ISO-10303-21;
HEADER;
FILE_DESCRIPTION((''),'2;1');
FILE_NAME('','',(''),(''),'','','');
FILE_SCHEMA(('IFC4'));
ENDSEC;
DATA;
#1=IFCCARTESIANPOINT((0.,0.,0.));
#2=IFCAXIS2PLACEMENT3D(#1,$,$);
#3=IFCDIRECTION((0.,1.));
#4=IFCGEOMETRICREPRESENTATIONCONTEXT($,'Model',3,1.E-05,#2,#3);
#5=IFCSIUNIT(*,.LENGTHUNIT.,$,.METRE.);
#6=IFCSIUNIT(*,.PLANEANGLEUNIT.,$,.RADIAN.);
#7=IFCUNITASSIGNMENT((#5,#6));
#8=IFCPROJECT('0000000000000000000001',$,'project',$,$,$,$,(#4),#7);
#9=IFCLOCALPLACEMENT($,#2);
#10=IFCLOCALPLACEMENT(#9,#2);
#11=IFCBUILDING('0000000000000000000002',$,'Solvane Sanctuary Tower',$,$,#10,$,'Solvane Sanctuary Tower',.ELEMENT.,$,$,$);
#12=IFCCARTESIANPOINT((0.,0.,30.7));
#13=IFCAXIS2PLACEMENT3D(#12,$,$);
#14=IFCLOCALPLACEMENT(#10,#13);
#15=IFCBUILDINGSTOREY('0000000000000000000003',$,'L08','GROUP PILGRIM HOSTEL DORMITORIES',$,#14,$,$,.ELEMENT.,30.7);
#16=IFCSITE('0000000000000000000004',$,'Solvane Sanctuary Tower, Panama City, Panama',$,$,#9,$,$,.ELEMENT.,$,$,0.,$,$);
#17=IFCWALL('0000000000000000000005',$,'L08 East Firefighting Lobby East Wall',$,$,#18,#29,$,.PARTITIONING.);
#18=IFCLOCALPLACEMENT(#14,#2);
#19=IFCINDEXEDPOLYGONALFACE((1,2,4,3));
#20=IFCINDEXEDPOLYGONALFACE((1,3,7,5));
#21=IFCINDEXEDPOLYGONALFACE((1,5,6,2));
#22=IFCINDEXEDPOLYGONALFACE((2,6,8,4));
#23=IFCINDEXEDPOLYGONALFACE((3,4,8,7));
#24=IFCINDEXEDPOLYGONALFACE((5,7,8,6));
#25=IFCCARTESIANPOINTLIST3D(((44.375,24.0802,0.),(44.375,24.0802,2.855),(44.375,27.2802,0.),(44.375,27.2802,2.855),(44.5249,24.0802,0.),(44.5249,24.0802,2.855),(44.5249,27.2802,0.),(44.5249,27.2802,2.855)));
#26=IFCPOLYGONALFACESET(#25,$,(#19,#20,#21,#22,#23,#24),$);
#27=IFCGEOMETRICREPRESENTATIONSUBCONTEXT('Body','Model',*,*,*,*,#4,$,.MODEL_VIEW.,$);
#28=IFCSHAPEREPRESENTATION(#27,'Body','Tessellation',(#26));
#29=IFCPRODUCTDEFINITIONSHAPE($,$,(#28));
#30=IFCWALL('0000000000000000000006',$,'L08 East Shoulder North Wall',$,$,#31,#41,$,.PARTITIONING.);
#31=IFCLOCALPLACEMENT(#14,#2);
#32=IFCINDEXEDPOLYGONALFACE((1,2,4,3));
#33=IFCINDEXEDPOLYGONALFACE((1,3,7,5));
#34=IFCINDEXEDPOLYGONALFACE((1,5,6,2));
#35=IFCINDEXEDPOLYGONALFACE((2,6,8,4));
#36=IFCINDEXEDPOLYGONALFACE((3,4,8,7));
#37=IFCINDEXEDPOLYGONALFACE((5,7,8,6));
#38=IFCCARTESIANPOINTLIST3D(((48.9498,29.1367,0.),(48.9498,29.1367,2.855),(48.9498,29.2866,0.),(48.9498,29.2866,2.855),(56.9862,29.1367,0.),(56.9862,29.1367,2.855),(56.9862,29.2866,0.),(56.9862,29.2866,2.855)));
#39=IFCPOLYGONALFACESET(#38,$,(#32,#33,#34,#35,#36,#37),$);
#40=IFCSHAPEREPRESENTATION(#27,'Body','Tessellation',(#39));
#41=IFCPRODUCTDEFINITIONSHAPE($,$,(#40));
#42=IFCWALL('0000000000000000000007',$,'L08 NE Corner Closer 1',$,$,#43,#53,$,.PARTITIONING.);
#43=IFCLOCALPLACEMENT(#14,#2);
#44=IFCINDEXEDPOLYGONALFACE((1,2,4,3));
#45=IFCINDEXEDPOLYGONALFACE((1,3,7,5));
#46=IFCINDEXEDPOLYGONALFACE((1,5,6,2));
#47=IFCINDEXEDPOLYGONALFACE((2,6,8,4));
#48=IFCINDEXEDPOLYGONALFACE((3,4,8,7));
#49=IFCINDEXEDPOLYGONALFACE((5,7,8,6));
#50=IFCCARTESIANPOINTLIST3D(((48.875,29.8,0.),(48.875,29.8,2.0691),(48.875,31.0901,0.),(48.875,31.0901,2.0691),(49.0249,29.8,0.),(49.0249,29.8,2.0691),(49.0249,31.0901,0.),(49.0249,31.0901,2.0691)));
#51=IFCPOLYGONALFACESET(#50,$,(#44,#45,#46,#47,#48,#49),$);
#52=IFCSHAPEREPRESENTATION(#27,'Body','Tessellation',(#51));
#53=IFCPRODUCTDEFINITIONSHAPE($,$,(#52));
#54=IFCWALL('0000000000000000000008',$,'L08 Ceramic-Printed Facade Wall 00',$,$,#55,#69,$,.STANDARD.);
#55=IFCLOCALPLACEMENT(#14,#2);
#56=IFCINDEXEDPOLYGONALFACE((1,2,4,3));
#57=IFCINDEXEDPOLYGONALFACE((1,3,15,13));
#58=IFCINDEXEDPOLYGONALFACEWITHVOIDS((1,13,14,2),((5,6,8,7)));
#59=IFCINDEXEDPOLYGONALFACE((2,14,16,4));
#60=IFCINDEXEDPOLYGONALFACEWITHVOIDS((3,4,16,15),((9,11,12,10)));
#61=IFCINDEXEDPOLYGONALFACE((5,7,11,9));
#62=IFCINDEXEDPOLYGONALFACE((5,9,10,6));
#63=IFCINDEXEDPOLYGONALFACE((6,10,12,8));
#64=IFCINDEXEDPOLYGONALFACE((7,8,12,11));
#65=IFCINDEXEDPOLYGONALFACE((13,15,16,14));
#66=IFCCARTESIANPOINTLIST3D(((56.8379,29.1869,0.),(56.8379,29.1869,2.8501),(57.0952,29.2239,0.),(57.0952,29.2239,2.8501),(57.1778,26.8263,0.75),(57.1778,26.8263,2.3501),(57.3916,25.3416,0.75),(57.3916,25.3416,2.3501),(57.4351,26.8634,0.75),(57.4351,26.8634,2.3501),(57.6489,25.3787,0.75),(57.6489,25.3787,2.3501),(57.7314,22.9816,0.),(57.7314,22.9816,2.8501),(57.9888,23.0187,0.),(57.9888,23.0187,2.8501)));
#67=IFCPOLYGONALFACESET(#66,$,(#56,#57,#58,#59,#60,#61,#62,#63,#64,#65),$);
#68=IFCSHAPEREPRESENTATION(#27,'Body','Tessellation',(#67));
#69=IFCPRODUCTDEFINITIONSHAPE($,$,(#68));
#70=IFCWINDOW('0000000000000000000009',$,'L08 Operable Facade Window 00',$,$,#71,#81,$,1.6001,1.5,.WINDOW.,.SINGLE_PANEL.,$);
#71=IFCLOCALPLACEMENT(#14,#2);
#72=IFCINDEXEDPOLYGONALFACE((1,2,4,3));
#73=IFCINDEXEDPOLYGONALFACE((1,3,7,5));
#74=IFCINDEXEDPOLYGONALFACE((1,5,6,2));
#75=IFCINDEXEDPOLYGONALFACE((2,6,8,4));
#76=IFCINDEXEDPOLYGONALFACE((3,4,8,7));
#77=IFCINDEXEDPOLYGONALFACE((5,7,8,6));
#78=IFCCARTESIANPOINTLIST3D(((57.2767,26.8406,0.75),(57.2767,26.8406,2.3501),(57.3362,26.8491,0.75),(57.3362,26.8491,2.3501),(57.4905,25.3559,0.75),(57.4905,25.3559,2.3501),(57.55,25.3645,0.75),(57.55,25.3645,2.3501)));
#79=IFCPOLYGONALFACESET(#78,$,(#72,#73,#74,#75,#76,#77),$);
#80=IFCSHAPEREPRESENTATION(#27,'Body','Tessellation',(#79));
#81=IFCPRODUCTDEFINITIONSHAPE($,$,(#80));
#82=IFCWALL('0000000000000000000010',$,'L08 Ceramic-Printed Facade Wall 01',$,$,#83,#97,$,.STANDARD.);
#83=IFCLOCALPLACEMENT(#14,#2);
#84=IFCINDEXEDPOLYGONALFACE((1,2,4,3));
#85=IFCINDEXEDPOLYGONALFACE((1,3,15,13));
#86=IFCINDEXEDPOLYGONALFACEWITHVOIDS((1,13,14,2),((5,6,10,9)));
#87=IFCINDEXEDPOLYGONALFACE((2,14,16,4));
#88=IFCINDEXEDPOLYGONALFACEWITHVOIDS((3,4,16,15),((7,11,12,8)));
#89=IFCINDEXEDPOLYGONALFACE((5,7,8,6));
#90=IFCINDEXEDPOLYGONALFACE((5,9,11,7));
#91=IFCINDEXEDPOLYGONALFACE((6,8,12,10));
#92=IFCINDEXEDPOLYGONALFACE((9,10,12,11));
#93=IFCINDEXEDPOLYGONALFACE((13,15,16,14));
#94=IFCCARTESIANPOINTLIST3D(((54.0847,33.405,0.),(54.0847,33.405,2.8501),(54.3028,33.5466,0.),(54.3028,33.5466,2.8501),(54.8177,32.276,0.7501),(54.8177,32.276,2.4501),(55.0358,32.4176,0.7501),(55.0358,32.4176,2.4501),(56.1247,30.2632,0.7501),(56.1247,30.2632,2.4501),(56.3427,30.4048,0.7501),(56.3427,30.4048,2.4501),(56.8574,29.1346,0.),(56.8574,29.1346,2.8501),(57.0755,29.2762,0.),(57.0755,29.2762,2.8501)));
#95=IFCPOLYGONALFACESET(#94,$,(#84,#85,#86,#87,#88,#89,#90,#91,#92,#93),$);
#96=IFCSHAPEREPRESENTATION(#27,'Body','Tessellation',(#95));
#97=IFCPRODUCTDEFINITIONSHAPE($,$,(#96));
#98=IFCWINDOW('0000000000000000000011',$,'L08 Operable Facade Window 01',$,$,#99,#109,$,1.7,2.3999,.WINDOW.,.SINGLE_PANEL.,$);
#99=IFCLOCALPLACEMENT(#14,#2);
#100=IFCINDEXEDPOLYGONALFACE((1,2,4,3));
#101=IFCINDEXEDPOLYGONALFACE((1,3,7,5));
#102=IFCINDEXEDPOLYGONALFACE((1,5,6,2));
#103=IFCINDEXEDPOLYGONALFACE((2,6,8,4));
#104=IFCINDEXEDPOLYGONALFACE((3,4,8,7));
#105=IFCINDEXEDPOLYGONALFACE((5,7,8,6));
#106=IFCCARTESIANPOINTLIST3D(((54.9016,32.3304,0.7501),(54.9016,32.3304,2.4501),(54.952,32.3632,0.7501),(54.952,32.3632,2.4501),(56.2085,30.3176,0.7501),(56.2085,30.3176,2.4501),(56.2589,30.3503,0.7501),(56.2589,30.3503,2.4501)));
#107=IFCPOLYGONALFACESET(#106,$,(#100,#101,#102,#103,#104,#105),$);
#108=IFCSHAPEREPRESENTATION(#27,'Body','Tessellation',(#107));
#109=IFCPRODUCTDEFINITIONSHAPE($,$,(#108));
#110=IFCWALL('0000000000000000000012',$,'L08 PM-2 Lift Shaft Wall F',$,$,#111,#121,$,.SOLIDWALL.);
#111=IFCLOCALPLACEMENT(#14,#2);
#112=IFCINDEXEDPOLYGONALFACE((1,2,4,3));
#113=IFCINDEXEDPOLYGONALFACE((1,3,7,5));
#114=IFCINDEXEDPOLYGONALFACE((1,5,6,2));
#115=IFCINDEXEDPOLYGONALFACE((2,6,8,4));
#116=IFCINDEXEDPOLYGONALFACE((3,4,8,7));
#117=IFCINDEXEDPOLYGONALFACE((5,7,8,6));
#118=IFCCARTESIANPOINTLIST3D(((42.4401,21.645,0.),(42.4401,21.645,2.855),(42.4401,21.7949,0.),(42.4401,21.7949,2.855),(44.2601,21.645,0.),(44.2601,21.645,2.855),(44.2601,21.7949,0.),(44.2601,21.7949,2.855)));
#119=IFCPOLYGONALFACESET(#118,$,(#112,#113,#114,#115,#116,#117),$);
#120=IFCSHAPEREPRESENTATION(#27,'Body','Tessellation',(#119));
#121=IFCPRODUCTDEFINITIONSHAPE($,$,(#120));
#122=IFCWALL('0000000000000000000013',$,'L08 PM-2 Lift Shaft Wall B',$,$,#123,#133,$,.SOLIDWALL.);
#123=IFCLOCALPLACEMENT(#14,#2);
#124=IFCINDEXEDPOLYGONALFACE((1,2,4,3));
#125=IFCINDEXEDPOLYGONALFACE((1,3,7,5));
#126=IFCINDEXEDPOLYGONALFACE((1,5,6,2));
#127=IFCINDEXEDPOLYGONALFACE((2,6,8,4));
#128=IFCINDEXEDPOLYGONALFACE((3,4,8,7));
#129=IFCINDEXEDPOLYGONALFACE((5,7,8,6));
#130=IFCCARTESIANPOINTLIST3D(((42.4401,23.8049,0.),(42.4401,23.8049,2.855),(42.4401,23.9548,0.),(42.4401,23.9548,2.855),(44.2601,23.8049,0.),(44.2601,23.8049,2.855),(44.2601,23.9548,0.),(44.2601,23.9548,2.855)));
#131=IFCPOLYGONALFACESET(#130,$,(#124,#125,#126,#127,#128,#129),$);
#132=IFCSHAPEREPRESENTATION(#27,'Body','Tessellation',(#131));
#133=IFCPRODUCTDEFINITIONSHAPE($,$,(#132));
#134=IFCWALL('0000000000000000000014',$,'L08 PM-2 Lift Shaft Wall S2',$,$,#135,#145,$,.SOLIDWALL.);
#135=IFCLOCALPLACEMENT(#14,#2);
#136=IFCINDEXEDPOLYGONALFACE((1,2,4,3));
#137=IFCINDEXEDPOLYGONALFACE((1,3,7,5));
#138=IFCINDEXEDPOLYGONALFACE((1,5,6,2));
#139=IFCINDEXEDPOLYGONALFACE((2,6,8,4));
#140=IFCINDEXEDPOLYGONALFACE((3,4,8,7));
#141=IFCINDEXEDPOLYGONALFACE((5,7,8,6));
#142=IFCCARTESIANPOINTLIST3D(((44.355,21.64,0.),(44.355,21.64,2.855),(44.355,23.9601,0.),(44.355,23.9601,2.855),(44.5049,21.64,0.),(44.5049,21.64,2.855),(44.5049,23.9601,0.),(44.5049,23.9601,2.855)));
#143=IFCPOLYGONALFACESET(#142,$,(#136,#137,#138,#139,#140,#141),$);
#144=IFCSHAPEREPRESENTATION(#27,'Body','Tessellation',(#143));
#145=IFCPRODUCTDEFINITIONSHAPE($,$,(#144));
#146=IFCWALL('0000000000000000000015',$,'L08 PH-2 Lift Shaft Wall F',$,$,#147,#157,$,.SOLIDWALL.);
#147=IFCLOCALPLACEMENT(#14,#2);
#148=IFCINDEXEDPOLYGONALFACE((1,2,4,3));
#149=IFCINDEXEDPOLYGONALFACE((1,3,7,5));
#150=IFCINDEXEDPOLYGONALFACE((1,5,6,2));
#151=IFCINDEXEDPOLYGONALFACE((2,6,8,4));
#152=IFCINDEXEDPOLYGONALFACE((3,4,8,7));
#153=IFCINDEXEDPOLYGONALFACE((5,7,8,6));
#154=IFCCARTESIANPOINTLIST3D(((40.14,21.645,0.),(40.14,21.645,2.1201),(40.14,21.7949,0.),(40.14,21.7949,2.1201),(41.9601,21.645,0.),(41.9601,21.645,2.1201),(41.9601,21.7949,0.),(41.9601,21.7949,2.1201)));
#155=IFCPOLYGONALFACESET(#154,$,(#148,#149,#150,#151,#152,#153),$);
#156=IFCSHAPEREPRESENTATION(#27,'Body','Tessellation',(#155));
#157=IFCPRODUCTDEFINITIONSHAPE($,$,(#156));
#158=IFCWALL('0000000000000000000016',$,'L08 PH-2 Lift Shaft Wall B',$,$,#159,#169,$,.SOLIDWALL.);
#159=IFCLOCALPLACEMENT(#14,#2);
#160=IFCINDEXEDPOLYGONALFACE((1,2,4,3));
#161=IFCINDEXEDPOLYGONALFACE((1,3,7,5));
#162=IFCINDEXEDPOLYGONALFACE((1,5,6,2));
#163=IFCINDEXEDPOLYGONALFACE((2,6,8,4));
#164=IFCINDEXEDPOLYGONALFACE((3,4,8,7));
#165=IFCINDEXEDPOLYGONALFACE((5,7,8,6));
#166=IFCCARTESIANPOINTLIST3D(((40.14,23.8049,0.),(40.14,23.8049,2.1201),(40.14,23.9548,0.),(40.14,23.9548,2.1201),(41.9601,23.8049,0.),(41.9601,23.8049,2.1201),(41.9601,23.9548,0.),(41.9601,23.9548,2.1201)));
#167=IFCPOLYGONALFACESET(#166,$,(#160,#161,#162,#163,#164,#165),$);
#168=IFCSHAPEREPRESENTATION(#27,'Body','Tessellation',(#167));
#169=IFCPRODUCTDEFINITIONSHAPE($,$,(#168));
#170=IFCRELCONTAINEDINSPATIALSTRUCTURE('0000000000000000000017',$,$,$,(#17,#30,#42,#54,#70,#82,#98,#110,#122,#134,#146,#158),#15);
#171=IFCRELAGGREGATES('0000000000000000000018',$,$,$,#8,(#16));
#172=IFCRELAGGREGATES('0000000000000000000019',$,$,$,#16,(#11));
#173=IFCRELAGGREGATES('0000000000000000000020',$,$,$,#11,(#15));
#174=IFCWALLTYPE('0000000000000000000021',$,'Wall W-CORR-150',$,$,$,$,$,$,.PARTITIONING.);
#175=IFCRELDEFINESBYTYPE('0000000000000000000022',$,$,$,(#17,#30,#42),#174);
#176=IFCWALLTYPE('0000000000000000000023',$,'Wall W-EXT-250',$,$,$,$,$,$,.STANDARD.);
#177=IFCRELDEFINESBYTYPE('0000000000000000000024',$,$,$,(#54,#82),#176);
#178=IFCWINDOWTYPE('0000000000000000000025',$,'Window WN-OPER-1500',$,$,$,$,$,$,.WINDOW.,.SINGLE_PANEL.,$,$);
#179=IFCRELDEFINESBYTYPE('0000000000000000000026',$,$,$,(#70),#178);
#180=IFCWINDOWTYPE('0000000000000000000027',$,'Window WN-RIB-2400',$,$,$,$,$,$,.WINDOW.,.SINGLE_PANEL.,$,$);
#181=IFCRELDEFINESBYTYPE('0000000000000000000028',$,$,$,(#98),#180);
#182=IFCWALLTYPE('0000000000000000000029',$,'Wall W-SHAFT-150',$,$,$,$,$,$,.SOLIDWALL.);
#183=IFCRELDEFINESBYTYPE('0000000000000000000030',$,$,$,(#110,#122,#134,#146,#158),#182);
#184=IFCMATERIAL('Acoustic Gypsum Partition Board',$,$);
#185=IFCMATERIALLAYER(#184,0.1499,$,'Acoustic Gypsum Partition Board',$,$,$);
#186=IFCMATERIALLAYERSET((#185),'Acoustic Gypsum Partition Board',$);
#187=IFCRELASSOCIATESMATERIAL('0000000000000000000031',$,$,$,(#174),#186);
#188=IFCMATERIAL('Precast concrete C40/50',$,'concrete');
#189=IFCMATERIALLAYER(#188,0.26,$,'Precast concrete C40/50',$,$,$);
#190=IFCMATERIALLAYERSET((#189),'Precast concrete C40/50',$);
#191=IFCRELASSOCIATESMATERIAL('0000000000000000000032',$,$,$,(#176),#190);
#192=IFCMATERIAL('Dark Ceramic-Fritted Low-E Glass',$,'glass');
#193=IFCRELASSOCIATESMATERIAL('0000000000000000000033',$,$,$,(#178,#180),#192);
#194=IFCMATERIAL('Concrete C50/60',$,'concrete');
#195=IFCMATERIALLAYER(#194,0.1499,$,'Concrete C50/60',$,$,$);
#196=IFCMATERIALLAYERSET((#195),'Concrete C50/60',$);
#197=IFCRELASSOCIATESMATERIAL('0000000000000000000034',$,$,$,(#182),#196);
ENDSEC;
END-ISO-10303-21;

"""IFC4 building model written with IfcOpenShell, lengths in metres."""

from ifc_helpers import new_model, si_unit, direction, frame, frame_2d, origin, place, context, subcontext, project, spatial, rectangle, extrude, material, layer, layer_set, type_object, element, fill, save


model = new_model("IFC4")

# Units and contexts
model_context = context("Model", 3, precision=1e-05, world=origin(), true_north=direction((0.0, 1.0)))
body_context = subcontext(model_context, "Body", "Model", "MODEL_VIEW")
ifc_project = project(units=[si_unit("LENGTHUNIT", "METRE"), si_unit("PLANEANGLEUNIT", "RADIAN")], contexts=[model_context])

# Site, building, storey
site_placement = place(None, origin())
site = spatial("IfcSite", under=ifc_project, at=site_placement, Name="Solvane Sanctuary Tower, Panama City, Panama", CompositionType="ELEMENT", RefElevation=0.0)
building_placement = place(site_placement, origin())
building = spatial("IfcBuilding", under=site, at=building_placement, Name="Solvane Sanctuary Tower", LongName="Solvane Sanctuary Tower", CompositionType="ELEMENT")
storey_placement = place(building_placement, frame((0.0, 0.0, 30.7)))
storey = spatial("IfcBuildingStorey", under=building, at=storey_placement, Name="L08", Description="GROUP PILGRIM HOSTEL DORMITORIES", CompositionType="ELEMENT", Elevation=30.7)

# Walls
ifc_material_1 = material(Name="Acoustic Gypsum Partition Board")
ifc_layer_1 = layer(ifc_material_1, 0.1499, Name="Acoustic Gypsum Partition Board")
ifc_layer_set_1 = layer_set([ifc_layer_1], Name="Acoustic Gypsum Partition Board")
wall_type_1 = type_object("IfcWallType", Name="Wall W-CORR-150", PredefinedType="PARTITIONING", material=ifc_layer_set_1)
wall_1_placement = place(storey_placement, frame((44.45, 24.0801, 0.0), z_axis=(0.0, 0.0, 1.0), x_axis=(0.0, 1.0, 0.0)))
element("IfcWall", 1, at=wall_1_placement, inside=storey, type_object=wall_type_1, Name="L08 East Firefighting Lobby East Wall", PredefinedType="PARTITIONING", context=body_context, shape_type="SweptSolid", body=[
    extrude(rectangle(XDim=3.2, YDim=0.1499, at=frame_2d((1.6001, 0.0))), origin(), (0.0, 0.0, 1.0), 2.855),
])
wall_2_placement = place(storey_placement, frame((48.95, 29.2117, 0.0), z_axis=(0.0, 0.0, 1.0), x_axis=(1.0, 0.0, 0.0)))
element("IfcWall", 2, at=wall_2_placement, inside=storey, type_object=wall_type_1, Name="L08 East Shoulder North Wall", PredefinedType="PARTITIONING", context=body_context, shape_type="SweptSolid", body=[
    extrude(rectangle(XDim=8.0364, YDim=0.1499, at=frame_2d((4.0181, 0.0))), origin(), (0.0, 0.0, 1.0), 2.855),
])
wall_3_placement = place(storey_placement, frame((48.95, 29.8, 0.0), z_axis=(0.0, 0.0, 1.0), x_axis=(0.0, 1.0, 0.0)))
element("IfcWall", 3, at=wall_3_placement, inside=storey, type_object=wall_type_1, Name="L08 NE Corner Closer 1", PredefinedType="PARTITIONING", context=body_context, shape_type="SweptSolid", body=[
    extrude(rectangle(XDim=1.29, YDim=0.1499, at=frame_2d((0.645, 0.0))), origin(), (0.0, 0.0, 1.0), 2.0691),
])

# Walls, openings, windows
ifc_material_2 = material(Name="Precast concrete C40/50", Category="concrete")
ifc_layer_2 = layer(ifc_material_2, 0.26, Name="Precast concrete C40/50")
ifc_layer_set_2 = layer_set([ifc_layer_2], Name="Precast concrete C40/50")
wall_type_2 = type_object("IfcWallType", Name="Wall W-EXT-250", PredefinedType="STANDARD", material=ifc_layer_set_2)
wall_4_placement = place(storey_placement, frame((57.8601, 23.0, 0.0), z_axis=(0.0, 0.0, 1.0), x_axis=(-0.142528, 0.989791, 0.0)))
wall_4 = element("IfcWall", 4, at=wall_4_placement, inside=storey, type_object=wall_type_2, Name="L08 Ceramic-Printed Facade Wall 00", PredefinedType="STANDARD", context=body_context, shape_type="SweptSolid", body=[
    extrude(rectangle(XDim=6.2693, YDim=0.26, at=frame_2d((3.1348, 0.0))), origin(), (0.0, 0.0, 1.0), 2.8501),
])
opening_1_placement = place(wall_4_placement, frame((2.3845, 0.0, 0.75)))
opening_1 = element("IfcOpeningElement", 5, at=opening_1_placement, cuts=wall_4, PredefinedType="OPENING", context=body_context, shape_type="SweptSolid", body=[
    extrude(rectangle(XDim=1.5, YDim=1.6001, at=frame_2d((0.75, 0.8))), frame((0.0, 0.1399, 0.0), z_axis=(0.0, -1.0, 0.0), x_axis=(1.0, 0.0, 0.0)), (0.0, 0.0, 1.0), 0.28),
])
ifc_material_3 = material(Name="Dark Ceramic-Fritted Low-E Glass", Category="glass")
window_type_1 = type_object("IfcWindowType", Name="Window WN-OPER-1500", PartitioningType="SINGLE_PANEL", PredefinedType="WINDOW", material=ifc_material_3)
window_1_placement = place(opening_1_placement, origin())
window_1 = element("IfcWindow", 6, at=window_1_placement, inside=storey, type_object=window_type_1, Name="L08 Operable Facade Window 00", OverallHeight=1.6001, OverallWidth=1.5, PartitioningType="SINGLE_PANEL", PredefinedType="WINDOW", context=body_context, shape_type="SweptSolid", body=[
    extrude(rectangle(XDim=1.5, YDim=1.6001, at=frame_2d((0.75, 0.8))), frame((0.0, 0.03, 0.0), z_axis=(0.0, -1.0, 0.0), x_axis=(1.0, 0.0, 0.0)), (0.0, 0.0, 1.0), 0.0601),
])
fill(opening_1, window_1)
wall_5_placement = place(storey_placement, frame((56.9666, 29.2053, 0.0), z_axis=(0.0, 0.0, 1.0), x_axis=(-0.544579, 0.83871, 0.0)))
wall_5 = element("IfcWall", 7, at=wall_5_placement, inside=storey, type_object=wall_type_2, Name="L08 Ceramic-Printed Facade Wall 01", PredefinedType="STANDARD", context=body_context, shape_type="SweptSolid", body=[
    extrude(rectangle(XDim=5.0916, YDim=0.26, at=frame_2d((2.5459, 0.0))), origin(), (0.0, 0.0, 1.0), 2.8501),
])
opening_2_placement = place(wall_5_placement, frame((1.3457, 0.0, 0.75)))
opening_2 = element("IfcOpeningElement", 8, at=opening_2_placement, cuts=wall_5, PredefinedType="OPENING", context=body_context, shape_type="SweptSolid", body=[
    extrude(rectangle(XDim=2.3999, YDim=1.7, at=frame_2d((1.2, 0.8501))), frame((0.0, 0.1399, 0.0), z_axis=(0.0, -1.0, 0.0), x_axis=(1.0, 0.0, 0.0)), (0.0, 0.0, 1.0), 0.28),
])
window_type_2 = type_object("IfcWindowType", Name="Window WN-RIB-2400", PartitioningType="SINGLE_PANEL", PredefinedType="WINDOW", material=ifc_material_3)
window_2_placement = place(opening_2_placement, origin())
window_2 = element("IfcWindow", 9, at=window_2_placement, inside=storey, type_object=window_type_2, Name="L08 Operable Facade Window 01", OverallHeight=1.7, OverallWidth=2.3999, PartitioningType="SINGLE_PANEL", PredefinedType="WINDOW", context=body_context, shape_type="SweptSolid", body=[
    extrude(rectangle(XDim=2.3999, YDim=1.7, at=frame_2d((1.2, 0.8501))), frame((0.0, 0.03, 0.0), z_axis=(0.0, -1.0, 0.0), x_axis=(1.0, 0.0, 0.0)), (0.0, 0.0, 1.0), 0.0601),
])
fill(opening_2, window_2)

# Walls
ifc_material_4 = material(Name="Concrete C50/60", Category="concrete")
ifc_layer_3 = layer(ifc_material_4, 0.1499, Name="Concrete C50/60")
ifc_layer_set_3 = layer_set([ifc_layer_3], Name="Concrete C50/60")
wall_type_3 = type_object("IfcWallType", Name="Wall W-SHAFT-150", PredefinedType="SOLIDWALL", material=ifc_layer_set_3)
for number, where, z_axis, x_axis, name in (
    (10, (42.4399, 21.72, 0.0), (0.0, 0.0, 1.0), (1.0, 0.0, 0.0), "L08 PM-2 Lift Shaft Wall F"),
    (11, (42.4399, 23.8799, 0.0), (0.0, 0.0, 1.0), (1.0, 0.0, 0.0), "L08 PM-2 Lift Shaft Wall B"),
):
    element("IfcWall", number, at=place(storey_placement, frame(where, z_axis=z_axis, x_axis=x_axis)), inside=storey, type_object=wall_type_3, Name=name, PredefinedType="SOLIDWALL", context=body_context, shape_type="SweptSolid", body=[
        extrude(rectangle(XDim=1.8201, YDim=0.1499, at=frame_2d((0.9102, 0.0))), origin(), (0.0, 0.0, 1.0), 2.855),
    ])
wall_6_placement = place(storey_placement, frame((44.4299, 21.6399, 0.0), z_axis=(0.0, 0.0, 1.0), x_axis=(0.0, 1.0, 0.0)))
element("IfcWall", 12, at=wall_6_placement, inside=storey, type_object=wall_type_3, Name="L08 PM-2 Lift Shaft Wall S2", PredefinedType="SOLIDWALL", context=body_context, shape_type="SweptSolid", body=[
    extrude(rectangle(XDim=2.3201, YDim=0.1499, at=frame_2d((1.1602, 0.0))), origin(), (0.0, 0.0, 1.0), 2.855),
])
for number, where, z_axis, x_axis, name in (
    (13, (40.1399, 21.72, 0.0), (0.0, 0.0, 1.0), (1.0, 0.0, 0.0), "L08 PH-2 Lift Shaft Wall F"),
    (14, (40.1399, 23.8799, 0.0), (0.0, 0.0, 1.0), (1.0, 0.0, 0.0), "L08 PH-2 Lift Shaft Wall B"),
):
    element("IfcWall", number, at=place(storey_placement, frame(where, z_axis=z_axis, x_axis=x_axis)), inside=storey, type_object=wall_type_3, Name=name, PredefinedType="SOLIDWALL", context=body_context, shape_type="SweptSolid", body=[
        extrude(rectangle(XDim=1.8201, YDim=0.1499, at=frame_2d((0.9102, 0.0))), origin(), (0.0, 0.0, 1.0), 2.1201),
    ])

save(model, "model.ifc")
